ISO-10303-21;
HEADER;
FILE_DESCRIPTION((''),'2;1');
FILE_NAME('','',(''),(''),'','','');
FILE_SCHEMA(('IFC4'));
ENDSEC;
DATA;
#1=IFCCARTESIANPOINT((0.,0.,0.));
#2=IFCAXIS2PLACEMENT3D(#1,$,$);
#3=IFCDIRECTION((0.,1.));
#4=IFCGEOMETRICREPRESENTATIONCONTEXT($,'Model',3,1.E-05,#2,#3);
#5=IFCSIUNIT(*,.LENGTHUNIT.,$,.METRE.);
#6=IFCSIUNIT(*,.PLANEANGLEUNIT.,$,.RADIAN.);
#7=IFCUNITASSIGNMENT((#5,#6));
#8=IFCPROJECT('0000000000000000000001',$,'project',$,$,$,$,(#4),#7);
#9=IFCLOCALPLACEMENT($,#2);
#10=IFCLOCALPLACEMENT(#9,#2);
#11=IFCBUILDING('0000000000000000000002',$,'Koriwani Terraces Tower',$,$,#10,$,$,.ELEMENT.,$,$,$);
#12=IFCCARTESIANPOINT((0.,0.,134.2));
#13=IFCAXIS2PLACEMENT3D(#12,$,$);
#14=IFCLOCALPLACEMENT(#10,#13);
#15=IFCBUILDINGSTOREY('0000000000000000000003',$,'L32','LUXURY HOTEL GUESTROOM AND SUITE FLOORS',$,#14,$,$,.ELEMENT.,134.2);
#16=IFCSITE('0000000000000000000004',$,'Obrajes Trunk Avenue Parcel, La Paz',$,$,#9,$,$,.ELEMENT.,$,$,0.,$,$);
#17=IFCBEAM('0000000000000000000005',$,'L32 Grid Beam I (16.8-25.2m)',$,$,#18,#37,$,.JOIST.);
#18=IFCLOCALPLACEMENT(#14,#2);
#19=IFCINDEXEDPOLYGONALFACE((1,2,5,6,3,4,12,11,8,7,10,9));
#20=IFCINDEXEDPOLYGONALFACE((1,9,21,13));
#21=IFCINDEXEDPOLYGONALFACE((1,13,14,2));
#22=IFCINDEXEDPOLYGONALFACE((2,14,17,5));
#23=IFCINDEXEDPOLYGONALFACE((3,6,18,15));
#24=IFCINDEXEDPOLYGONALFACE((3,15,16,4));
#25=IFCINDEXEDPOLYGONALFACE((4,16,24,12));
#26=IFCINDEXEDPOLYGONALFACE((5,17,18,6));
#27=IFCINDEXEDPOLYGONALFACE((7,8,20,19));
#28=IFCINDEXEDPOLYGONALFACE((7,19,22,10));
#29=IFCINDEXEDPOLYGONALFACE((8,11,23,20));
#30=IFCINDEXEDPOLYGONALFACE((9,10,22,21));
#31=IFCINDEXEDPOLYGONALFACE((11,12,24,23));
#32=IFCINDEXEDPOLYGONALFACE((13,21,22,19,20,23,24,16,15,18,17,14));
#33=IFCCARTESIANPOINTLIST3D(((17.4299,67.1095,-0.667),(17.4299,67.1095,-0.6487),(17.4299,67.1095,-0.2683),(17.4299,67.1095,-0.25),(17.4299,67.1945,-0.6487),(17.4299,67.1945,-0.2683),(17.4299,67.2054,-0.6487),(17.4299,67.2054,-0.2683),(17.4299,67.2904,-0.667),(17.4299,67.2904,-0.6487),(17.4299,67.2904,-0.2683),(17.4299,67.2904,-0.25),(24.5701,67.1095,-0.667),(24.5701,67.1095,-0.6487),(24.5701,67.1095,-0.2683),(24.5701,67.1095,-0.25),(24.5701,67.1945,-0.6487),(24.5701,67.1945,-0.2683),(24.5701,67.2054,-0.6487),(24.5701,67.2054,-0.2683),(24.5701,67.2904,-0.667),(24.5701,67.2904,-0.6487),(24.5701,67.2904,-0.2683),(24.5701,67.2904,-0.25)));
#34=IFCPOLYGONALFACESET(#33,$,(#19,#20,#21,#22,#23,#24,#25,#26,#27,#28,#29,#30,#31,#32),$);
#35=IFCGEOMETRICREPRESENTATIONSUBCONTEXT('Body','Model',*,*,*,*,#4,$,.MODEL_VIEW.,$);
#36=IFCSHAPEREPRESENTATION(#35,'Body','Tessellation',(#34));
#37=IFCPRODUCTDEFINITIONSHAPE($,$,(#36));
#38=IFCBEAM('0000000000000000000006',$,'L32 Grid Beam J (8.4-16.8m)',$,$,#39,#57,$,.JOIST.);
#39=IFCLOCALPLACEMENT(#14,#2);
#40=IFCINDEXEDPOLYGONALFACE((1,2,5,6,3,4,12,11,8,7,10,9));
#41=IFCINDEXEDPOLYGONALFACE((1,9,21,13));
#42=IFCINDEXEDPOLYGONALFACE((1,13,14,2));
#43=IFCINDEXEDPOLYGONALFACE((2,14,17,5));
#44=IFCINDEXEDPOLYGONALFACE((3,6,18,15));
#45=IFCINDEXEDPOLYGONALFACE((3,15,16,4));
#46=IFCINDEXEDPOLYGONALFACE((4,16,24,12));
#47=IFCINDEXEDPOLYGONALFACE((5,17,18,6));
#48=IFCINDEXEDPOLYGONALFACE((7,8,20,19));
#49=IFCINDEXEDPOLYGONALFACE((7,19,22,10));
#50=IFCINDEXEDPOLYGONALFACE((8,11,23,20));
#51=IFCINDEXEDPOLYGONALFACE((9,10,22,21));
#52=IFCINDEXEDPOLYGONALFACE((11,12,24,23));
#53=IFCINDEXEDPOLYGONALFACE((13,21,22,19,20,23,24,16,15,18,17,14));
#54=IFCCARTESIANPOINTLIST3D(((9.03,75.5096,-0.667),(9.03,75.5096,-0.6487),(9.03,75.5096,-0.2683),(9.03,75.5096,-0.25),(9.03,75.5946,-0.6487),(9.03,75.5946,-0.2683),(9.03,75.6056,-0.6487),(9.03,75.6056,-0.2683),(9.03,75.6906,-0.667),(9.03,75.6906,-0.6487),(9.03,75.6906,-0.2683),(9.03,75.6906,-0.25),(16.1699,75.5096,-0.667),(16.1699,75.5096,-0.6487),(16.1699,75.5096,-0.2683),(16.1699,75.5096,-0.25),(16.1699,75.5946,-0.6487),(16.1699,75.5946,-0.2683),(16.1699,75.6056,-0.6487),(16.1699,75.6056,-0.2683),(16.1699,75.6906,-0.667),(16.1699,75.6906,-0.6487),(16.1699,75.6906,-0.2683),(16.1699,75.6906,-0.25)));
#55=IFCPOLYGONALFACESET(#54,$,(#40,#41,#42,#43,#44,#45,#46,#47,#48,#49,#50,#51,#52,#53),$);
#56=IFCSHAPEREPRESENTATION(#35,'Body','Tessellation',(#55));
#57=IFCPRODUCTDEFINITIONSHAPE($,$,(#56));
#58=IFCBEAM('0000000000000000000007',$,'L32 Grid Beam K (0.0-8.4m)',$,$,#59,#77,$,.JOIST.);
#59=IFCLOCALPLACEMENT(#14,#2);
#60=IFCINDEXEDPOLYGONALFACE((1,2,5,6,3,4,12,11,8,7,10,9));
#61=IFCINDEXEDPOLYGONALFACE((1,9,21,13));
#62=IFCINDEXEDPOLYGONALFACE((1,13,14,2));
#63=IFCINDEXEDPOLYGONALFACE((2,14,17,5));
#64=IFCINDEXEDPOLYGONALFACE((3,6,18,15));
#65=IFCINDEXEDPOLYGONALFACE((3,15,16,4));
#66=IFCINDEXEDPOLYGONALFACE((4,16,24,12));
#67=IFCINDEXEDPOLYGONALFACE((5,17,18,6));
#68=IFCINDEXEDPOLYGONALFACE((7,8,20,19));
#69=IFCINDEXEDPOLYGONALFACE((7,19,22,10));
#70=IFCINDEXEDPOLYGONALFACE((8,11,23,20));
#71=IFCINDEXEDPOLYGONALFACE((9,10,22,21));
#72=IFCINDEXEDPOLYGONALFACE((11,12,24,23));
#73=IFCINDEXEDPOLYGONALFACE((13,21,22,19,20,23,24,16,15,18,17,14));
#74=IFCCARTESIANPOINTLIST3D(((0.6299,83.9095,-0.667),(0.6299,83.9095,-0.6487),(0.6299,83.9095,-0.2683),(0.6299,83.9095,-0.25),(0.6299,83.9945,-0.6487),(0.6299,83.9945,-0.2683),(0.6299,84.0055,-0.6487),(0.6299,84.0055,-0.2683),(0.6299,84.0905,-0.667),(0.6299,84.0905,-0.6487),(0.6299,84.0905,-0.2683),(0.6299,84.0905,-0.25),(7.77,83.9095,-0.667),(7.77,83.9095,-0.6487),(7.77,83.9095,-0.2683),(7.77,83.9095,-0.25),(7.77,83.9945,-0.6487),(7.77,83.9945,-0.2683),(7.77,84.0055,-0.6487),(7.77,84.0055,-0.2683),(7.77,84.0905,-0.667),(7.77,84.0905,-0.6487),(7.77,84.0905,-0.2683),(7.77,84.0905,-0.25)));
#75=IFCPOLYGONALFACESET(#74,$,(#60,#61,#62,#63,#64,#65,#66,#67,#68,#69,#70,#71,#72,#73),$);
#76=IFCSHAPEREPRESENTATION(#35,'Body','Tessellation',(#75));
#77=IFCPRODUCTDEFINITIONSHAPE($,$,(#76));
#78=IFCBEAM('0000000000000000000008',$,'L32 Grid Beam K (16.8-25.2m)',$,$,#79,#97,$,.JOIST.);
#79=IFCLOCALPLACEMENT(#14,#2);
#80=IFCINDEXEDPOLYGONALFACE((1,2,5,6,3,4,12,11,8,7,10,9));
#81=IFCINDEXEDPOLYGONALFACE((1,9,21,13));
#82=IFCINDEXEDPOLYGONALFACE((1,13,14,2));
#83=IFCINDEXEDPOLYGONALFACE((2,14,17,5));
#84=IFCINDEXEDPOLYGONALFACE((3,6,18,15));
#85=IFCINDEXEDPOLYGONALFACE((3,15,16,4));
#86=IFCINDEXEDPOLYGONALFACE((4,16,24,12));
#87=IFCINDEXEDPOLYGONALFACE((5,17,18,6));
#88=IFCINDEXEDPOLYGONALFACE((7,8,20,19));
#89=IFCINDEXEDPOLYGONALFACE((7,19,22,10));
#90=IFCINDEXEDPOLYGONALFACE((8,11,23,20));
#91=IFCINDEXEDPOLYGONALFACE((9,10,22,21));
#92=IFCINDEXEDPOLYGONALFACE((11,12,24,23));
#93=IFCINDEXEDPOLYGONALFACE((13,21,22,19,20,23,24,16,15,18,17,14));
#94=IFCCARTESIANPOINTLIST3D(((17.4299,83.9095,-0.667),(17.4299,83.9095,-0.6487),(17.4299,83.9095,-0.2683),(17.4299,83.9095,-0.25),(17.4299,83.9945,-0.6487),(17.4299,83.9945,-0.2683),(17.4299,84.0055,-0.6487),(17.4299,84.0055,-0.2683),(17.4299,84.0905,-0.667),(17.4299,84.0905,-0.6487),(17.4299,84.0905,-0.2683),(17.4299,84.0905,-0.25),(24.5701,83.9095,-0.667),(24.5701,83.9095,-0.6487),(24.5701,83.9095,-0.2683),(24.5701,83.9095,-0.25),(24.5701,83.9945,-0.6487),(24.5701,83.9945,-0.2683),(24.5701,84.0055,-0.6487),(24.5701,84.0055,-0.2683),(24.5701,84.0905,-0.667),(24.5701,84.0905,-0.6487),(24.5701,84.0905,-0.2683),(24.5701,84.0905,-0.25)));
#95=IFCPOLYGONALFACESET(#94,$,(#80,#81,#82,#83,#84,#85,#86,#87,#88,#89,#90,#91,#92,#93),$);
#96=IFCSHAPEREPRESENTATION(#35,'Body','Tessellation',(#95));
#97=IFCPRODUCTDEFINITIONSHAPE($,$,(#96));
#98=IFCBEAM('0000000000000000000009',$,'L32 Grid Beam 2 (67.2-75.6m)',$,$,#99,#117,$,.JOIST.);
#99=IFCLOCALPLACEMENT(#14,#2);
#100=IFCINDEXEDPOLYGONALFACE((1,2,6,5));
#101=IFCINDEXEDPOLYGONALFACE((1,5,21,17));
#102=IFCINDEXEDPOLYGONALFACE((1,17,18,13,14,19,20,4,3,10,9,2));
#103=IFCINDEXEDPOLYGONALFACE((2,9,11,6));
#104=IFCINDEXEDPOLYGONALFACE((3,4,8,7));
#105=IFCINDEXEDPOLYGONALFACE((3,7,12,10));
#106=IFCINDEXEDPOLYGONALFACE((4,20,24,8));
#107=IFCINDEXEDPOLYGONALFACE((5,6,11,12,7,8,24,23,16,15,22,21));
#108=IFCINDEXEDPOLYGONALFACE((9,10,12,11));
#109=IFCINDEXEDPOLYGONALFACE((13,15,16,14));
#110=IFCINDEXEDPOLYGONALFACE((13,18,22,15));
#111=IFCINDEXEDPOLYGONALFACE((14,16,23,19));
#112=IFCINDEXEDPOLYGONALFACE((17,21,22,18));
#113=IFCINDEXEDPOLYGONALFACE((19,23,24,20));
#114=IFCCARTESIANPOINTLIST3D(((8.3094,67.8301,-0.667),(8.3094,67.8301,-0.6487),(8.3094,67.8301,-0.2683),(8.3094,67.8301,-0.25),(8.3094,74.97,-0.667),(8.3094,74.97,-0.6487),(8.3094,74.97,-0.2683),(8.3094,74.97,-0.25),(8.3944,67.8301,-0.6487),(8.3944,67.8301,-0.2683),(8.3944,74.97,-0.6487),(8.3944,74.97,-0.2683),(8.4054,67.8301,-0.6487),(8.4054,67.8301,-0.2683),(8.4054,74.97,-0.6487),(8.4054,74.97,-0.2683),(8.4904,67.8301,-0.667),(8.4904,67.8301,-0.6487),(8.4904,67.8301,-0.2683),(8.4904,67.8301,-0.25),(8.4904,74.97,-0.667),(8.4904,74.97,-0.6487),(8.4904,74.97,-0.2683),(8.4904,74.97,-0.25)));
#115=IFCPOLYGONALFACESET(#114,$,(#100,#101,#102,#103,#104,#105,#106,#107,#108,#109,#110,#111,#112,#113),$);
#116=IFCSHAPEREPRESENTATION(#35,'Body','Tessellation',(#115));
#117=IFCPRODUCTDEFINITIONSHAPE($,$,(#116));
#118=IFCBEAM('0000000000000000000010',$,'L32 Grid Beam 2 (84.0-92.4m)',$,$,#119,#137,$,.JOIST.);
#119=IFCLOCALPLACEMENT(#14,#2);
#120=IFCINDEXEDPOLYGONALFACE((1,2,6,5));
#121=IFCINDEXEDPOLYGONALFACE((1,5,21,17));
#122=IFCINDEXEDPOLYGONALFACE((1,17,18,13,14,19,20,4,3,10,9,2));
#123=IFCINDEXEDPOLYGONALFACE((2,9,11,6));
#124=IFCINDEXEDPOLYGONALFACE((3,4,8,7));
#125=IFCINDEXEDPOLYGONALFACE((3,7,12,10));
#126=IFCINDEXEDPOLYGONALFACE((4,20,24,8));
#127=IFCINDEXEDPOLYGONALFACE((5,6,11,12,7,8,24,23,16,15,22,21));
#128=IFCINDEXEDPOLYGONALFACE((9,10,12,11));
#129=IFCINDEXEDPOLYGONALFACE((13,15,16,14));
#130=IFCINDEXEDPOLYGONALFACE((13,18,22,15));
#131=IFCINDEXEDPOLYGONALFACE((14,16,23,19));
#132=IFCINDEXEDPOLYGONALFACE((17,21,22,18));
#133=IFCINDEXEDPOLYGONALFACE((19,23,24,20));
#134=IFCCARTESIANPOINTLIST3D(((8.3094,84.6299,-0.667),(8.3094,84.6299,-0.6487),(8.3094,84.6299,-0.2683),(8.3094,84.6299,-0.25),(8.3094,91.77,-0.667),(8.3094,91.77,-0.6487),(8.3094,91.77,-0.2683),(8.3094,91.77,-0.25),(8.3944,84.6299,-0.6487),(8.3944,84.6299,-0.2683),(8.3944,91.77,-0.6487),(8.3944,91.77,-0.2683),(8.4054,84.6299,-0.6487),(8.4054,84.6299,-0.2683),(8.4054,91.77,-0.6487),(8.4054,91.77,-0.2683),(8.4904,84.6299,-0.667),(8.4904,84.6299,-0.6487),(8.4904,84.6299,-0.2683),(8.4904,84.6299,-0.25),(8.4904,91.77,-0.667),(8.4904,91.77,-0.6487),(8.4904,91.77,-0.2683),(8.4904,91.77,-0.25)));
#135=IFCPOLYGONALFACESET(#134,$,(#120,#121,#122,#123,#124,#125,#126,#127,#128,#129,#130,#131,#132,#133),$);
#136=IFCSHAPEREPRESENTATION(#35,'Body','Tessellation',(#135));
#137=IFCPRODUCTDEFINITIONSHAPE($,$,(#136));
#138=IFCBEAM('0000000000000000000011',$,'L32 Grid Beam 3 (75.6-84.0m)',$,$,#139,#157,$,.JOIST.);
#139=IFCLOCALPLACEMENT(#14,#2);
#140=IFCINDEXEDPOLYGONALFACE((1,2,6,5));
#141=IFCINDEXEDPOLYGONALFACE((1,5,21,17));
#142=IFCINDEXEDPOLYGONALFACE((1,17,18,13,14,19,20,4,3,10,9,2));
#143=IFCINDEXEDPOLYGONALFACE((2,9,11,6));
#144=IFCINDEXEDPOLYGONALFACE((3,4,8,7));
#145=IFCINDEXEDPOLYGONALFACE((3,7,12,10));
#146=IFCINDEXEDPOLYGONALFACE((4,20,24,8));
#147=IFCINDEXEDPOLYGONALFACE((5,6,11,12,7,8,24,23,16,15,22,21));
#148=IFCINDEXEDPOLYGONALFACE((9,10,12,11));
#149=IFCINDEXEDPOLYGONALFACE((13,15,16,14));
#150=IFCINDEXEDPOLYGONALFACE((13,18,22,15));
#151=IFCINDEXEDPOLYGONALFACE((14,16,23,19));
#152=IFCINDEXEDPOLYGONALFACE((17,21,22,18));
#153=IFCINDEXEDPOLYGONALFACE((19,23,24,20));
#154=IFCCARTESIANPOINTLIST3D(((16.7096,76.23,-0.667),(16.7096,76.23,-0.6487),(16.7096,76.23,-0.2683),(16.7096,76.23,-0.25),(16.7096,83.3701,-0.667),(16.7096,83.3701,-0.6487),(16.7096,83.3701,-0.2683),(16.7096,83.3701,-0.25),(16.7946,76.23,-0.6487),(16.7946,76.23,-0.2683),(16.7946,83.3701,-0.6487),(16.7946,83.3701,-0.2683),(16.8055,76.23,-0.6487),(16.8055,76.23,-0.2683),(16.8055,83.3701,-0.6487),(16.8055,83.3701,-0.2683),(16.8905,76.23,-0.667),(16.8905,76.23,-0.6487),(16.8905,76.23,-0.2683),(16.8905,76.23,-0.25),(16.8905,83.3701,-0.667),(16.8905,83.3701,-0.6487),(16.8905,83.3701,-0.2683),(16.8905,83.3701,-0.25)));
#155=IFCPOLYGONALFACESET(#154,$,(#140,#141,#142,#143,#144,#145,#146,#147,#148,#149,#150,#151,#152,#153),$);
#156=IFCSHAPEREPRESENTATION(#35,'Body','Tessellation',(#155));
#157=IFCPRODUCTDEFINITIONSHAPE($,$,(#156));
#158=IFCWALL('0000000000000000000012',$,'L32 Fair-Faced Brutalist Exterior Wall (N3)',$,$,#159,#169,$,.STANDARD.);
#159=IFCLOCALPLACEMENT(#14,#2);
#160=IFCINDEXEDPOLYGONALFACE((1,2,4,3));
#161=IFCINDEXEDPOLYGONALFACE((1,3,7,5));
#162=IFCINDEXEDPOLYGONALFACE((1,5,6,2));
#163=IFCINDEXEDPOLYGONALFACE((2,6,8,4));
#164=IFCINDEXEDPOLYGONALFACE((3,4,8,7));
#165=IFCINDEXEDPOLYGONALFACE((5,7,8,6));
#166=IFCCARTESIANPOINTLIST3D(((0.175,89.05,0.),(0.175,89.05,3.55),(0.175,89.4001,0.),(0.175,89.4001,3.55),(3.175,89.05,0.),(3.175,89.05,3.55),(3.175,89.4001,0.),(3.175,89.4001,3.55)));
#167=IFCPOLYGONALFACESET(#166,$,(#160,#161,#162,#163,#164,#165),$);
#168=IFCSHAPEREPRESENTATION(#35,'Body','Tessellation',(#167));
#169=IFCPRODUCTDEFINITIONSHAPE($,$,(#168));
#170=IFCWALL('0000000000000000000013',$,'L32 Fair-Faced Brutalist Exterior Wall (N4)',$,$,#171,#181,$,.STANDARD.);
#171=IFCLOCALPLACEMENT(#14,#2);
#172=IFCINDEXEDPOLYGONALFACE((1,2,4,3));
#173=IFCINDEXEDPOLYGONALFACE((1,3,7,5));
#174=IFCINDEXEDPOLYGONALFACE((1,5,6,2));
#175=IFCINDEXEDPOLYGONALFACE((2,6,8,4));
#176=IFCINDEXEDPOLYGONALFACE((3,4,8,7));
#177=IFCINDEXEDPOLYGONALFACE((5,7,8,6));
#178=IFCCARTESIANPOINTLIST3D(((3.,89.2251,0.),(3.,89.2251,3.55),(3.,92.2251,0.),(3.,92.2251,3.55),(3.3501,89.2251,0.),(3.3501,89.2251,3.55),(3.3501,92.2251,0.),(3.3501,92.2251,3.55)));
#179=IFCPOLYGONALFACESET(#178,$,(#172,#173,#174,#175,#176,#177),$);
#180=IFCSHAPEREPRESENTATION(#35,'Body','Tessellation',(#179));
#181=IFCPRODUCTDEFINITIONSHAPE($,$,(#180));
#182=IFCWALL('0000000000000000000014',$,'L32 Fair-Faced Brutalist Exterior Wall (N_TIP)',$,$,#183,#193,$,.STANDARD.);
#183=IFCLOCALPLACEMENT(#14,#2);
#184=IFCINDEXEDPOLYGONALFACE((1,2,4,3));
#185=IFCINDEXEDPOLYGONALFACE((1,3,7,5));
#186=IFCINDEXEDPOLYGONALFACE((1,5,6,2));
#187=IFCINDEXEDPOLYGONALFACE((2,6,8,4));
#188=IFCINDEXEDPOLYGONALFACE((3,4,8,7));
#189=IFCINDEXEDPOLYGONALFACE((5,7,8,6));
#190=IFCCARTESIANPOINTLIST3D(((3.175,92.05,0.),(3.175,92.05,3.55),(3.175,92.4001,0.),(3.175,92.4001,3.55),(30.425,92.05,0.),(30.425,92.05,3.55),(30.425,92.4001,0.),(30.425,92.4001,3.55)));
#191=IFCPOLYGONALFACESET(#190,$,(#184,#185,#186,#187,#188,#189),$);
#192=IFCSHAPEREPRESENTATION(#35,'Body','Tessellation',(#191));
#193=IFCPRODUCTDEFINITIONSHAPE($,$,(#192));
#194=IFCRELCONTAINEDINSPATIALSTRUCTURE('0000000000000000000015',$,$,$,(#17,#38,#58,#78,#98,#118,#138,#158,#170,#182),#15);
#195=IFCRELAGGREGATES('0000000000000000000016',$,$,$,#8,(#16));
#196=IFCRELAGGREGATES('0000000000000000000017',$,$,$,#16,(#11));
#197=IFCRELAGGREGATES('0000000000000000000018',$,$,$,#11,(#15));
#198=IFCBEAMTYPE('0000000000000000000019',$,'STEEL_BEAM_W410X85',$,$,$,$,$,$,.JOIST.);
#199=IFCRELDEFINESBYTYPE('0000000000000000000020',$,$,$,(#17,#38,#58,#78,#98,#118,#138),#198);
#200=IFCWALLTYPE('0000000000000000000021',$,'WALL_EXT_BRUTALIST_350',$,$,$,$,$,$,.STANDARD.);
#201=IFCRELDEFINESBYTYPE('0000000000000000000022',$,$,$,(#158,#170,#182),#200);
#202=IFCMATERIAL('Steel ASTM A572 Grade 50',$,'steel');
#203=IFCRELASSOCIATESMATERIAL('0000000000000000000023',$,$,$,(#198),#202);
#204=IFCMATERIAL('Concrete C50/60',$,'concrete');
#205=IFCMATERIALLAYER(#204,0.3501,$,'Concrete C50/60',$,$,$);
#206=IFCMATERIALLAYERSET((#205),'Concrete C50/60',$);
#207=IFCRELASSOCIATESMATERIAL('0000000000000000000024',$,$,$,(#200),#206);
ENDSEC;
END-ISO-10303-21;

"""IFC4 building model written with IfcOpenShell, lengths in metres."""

from ifc_helpers import new_model, si_unit, direction, frame, frame_2d, origin, origin_2d, place, context, subcontext, project, spatial, rectangle, i_section, extrude, material, layer, layer_set, material_profile, profile_set, type_object, element, save


model = new_model("IFC4")

# Units and contexts
model_context = context("Model", 3, precision=1e-05, world=origin(), true_north=direction((0.0, 1.0)))
body_context = subcontext(model_context, "Body", "Model", "MODEL_VIEW")
ifc_project = project(units=[si_unit("LENGTHUNIT", "METRE"), si_unit("PLANEANGLEUNIT", "RADIAN")], contexts=[model_context])

# Site, building, storey
site_placement = place(None, origin())
site = spatial("IfcSite", under=ifc_project, at=site_placement, Name="Obrajes Trunk Avenue Parcel, La Paz", CompositionType="ELEMENT", RefElevation=0.0)
building_placement = place(site_placement, origin())
building = spatial("IfcBuilding", under=site, at=building_placement, Name="Koriwani Terraces Tower", CompositionType="ELEMENT")
storey_placement = place(building_placement, frame((0.0, 0.0, 134.2)))
storey = spatial("IfcBuildingStorey", under=building, at=storey_placement, Name="L32", Description="LUXURY HOTEL GUESTROOM AND SUITE FLOORS", CompositionType="ELEMENT", Elevation=134.2)

# Beams
ifc_material_1 = material(Name="Concrete C50/60", Category="concrete")
ifc_material_2 = material(Name="Steel ASTM A572 Grade 50", Category="steel")
ifc_material_profile_1 = material_profile(ifc_material_2, i_section(OverallWidth=0.1809, OverallDepth=0.417, WebThickness=0.011, FlangeThickness=0.0183, at=origin_2d()), Name="Steel ASTM A572 Grade 50", Category="LoadBearing")
ifc_profile_set_1 = profile_set([ifc_material_profile_1], Name="Steel ASTM A572 Grade 50")
beam_type_1 = type_object("IfcBeamType", Name="STEEL_BEAM_W410X85", PredefinedType="JOIST", material=ifc_profile_set_1)
beam_1_placement = place(storey_placement, frame((17.4299, 67.2, -0.4585), z_axis=(1.0, 0.0, 0.0), x_axis=(0.0, 1.0, 0.0)))
element("IfcBeam", 1, at=beam_1_placement, inside=storey, type_object=beam_type_1, Name="L32 Grid Beam I (16.8-25.2m)", PredefinedType="JOIST", context=body_context, shape_type="SweptSolid", body=[
    extrude(i_section(OverallWidth=0.1809, OverallDepth=0.417, WebThickness=0.011, FlangeThickness=0.0183, at=origin_2d()), origin(), (0.0, 0.0, 1.0), 7.1401),
])
beam_2_placement = place(storey_placement, frame((9.03, 75.6001, -0.4585), z_axis=(1.0, 0.0, 0.0), x_axis=(0.0, 1.0, 0.0)))
element("IfcBeam", 2, at=beam_2_placement, inside=storey, type_object=beam_type_1, Name="L32 Grid Beam J (8.4-16.8m)", PredefinedType="JOIST", context=body_context, shape_type="SweptSolid", body=[
    extrude(i_section(OverallWidth=0.1809, OverallDepth=0.417, WebThickness=0.011, FlangeThickness=0.0183, at=origin_2d()), origin(), (0.0, 0.0, 1.0), 7.1399),
])
for number, where, z_axis, x_axis, name in (
    (3, (0.6299, 84.0, -0.4585), (1.0, 0.0, 0.0), (0.0, 1.0, 0.0), "L32 Grid Beam K (0.0-8.4m)"),
    (4, (17.4299, 84.0, -0.4585), (1.0, 0.0, 0.0), (0.0, 1.0, 0.0), "L32 Grid Beam K (16.8-25.2m)"),
):
    element("IfcBeam", number, at=place(storey_placement, frame(where, z_axis=z_axis, x_axis=x_axis)), inside=storey, type_object=beam_type_1, Name=name, PredefinedType="JOIST", context=body_context, shape_type="SweptSolid", body=[
        extrude(i_section(OverallWidth=0.1809, OverallDepth=0.417, WebThickness=0.011, FlangeThickness=0.0183, at=origin_2d()), origin(), (0.0, 0.0, 1.0), 7.1401),
    ])
beam_3_placement = place(storey_placement, frame((8.3999, 67.8301, -0.4585), z_axis=(0.0, 1.0, 0.0), x_axis=(-1.0, 0.0, 0.0)))
element("IfcBeam", 5, at=beam_3_placement, inside=storey, type_object=beam_type_1, Name="L32 Grid Beam 2 (67.2-75.6m)", PredefinedType="JOIST", context=body_context, shape_type="SweptSolid", body=[
    extrude(i_section(OverallWidth=0.1809, OverallDepth=0.417, WebThickness=0.011, FlangeThickness=0.0183, at=origin_2d()), origin(), (0.0, 0.0, 1.0), 7.1399),
])
for number, where, z_axis, x_axis, name in (
    (6, (8.3999, 84.6299, -0.4585), (0.0, 1.0, 0.0), (-1.0, 0.0, 0.0), "L32 Grid Beam 2 (84.0-92.4m)"),
    (7, (16.8, 76.23, -0.4585), (0.0, 1.0, 0.0), (-1.0, 0.0, 0.0), "L32 Grid Beam 3 (75.6-84.0m)"),
):
    element("IfcBeam", number, at=place(storey_placement, frame(where, z_axis=z_axis, x_axis=x_axis)), inside=storey, type_object=beam_type_1, Name=name, PredefinedType="JOIST", context=body_context, shape_type="SweptSolid", body=[
        extrude(i_section(OverallWidth=0.1809, OverallDepth=0.417, WebThickness=0.011, FlangeThickness=0.0183, at=origin_2d()), origin(), (0.0, 0.0, 1.0), 7.1401),
    ])

# Walls
ifc_layer = layer(ifc_material_1, 0.3501, Name="Concrete C50/60")
ifc_layer_set = layer_set([ifc_layer], Name="Concrete C50/60")
wall_type = type_object("IfcWallType", Name="WALL_EXT_BRUTALIST_350", PredefinedType="STANDARD", material=ifc_layer_set)
for number, where, z_axis, x_axis, name in (
    (8, (0.175, 89.2251, 0.0), (0.0, 0.0, 1.0), (1.0, 0.0, 0.0), "L32 Fair-Faced Brutalist Exterior Wall (N3)"),
    (9, (3.175, 89.2251, 0.0), (0.0, 0.0, 1.0), (0.0, 1.0, 0.0), "L32 Fair-Faced Brutalist Exterior Wall (N4)"),
):
    element("IfcWall", number, at=place(storey_placement, frame(where, z_axis=z_axis, x_axis=x_axis)), inside=storey, type_object=wall_type, Name=name, PredefinedType="STANDARD", context=body_context, shape_type="SweptSolid", body=[
        extrude(rectangle(XDim=3.0, YDim=0.3501, at=frame_2d((1.5, 0.0))), origin(), (0.0, 0.0, 1.0), 3.55),
    ])
wall_placement = place(storey_placement, frame((3.175, 92.2251, 0.0), z_axis=(0.0, 0.0, 1.0), x_axis=(1.0, 0.0, 0.0)))
element("IfcWall", 10, at=wall_placement, inside=storey, type_object=wall_type, Name="L32 Fair-Faced Brutalist Exterior Wall (N_TIP)", PredefinedType="STANDARD", context=body_context, shape_type="SweptSolid", body=[
    extrude(rectangle(XDim=27.25, YDim=0.3501, at=frame_2d((13.625, 0.0))), origin(), (0.0, 0.0, 1.0), 3.55),
])

save(model, "model.ifc")
